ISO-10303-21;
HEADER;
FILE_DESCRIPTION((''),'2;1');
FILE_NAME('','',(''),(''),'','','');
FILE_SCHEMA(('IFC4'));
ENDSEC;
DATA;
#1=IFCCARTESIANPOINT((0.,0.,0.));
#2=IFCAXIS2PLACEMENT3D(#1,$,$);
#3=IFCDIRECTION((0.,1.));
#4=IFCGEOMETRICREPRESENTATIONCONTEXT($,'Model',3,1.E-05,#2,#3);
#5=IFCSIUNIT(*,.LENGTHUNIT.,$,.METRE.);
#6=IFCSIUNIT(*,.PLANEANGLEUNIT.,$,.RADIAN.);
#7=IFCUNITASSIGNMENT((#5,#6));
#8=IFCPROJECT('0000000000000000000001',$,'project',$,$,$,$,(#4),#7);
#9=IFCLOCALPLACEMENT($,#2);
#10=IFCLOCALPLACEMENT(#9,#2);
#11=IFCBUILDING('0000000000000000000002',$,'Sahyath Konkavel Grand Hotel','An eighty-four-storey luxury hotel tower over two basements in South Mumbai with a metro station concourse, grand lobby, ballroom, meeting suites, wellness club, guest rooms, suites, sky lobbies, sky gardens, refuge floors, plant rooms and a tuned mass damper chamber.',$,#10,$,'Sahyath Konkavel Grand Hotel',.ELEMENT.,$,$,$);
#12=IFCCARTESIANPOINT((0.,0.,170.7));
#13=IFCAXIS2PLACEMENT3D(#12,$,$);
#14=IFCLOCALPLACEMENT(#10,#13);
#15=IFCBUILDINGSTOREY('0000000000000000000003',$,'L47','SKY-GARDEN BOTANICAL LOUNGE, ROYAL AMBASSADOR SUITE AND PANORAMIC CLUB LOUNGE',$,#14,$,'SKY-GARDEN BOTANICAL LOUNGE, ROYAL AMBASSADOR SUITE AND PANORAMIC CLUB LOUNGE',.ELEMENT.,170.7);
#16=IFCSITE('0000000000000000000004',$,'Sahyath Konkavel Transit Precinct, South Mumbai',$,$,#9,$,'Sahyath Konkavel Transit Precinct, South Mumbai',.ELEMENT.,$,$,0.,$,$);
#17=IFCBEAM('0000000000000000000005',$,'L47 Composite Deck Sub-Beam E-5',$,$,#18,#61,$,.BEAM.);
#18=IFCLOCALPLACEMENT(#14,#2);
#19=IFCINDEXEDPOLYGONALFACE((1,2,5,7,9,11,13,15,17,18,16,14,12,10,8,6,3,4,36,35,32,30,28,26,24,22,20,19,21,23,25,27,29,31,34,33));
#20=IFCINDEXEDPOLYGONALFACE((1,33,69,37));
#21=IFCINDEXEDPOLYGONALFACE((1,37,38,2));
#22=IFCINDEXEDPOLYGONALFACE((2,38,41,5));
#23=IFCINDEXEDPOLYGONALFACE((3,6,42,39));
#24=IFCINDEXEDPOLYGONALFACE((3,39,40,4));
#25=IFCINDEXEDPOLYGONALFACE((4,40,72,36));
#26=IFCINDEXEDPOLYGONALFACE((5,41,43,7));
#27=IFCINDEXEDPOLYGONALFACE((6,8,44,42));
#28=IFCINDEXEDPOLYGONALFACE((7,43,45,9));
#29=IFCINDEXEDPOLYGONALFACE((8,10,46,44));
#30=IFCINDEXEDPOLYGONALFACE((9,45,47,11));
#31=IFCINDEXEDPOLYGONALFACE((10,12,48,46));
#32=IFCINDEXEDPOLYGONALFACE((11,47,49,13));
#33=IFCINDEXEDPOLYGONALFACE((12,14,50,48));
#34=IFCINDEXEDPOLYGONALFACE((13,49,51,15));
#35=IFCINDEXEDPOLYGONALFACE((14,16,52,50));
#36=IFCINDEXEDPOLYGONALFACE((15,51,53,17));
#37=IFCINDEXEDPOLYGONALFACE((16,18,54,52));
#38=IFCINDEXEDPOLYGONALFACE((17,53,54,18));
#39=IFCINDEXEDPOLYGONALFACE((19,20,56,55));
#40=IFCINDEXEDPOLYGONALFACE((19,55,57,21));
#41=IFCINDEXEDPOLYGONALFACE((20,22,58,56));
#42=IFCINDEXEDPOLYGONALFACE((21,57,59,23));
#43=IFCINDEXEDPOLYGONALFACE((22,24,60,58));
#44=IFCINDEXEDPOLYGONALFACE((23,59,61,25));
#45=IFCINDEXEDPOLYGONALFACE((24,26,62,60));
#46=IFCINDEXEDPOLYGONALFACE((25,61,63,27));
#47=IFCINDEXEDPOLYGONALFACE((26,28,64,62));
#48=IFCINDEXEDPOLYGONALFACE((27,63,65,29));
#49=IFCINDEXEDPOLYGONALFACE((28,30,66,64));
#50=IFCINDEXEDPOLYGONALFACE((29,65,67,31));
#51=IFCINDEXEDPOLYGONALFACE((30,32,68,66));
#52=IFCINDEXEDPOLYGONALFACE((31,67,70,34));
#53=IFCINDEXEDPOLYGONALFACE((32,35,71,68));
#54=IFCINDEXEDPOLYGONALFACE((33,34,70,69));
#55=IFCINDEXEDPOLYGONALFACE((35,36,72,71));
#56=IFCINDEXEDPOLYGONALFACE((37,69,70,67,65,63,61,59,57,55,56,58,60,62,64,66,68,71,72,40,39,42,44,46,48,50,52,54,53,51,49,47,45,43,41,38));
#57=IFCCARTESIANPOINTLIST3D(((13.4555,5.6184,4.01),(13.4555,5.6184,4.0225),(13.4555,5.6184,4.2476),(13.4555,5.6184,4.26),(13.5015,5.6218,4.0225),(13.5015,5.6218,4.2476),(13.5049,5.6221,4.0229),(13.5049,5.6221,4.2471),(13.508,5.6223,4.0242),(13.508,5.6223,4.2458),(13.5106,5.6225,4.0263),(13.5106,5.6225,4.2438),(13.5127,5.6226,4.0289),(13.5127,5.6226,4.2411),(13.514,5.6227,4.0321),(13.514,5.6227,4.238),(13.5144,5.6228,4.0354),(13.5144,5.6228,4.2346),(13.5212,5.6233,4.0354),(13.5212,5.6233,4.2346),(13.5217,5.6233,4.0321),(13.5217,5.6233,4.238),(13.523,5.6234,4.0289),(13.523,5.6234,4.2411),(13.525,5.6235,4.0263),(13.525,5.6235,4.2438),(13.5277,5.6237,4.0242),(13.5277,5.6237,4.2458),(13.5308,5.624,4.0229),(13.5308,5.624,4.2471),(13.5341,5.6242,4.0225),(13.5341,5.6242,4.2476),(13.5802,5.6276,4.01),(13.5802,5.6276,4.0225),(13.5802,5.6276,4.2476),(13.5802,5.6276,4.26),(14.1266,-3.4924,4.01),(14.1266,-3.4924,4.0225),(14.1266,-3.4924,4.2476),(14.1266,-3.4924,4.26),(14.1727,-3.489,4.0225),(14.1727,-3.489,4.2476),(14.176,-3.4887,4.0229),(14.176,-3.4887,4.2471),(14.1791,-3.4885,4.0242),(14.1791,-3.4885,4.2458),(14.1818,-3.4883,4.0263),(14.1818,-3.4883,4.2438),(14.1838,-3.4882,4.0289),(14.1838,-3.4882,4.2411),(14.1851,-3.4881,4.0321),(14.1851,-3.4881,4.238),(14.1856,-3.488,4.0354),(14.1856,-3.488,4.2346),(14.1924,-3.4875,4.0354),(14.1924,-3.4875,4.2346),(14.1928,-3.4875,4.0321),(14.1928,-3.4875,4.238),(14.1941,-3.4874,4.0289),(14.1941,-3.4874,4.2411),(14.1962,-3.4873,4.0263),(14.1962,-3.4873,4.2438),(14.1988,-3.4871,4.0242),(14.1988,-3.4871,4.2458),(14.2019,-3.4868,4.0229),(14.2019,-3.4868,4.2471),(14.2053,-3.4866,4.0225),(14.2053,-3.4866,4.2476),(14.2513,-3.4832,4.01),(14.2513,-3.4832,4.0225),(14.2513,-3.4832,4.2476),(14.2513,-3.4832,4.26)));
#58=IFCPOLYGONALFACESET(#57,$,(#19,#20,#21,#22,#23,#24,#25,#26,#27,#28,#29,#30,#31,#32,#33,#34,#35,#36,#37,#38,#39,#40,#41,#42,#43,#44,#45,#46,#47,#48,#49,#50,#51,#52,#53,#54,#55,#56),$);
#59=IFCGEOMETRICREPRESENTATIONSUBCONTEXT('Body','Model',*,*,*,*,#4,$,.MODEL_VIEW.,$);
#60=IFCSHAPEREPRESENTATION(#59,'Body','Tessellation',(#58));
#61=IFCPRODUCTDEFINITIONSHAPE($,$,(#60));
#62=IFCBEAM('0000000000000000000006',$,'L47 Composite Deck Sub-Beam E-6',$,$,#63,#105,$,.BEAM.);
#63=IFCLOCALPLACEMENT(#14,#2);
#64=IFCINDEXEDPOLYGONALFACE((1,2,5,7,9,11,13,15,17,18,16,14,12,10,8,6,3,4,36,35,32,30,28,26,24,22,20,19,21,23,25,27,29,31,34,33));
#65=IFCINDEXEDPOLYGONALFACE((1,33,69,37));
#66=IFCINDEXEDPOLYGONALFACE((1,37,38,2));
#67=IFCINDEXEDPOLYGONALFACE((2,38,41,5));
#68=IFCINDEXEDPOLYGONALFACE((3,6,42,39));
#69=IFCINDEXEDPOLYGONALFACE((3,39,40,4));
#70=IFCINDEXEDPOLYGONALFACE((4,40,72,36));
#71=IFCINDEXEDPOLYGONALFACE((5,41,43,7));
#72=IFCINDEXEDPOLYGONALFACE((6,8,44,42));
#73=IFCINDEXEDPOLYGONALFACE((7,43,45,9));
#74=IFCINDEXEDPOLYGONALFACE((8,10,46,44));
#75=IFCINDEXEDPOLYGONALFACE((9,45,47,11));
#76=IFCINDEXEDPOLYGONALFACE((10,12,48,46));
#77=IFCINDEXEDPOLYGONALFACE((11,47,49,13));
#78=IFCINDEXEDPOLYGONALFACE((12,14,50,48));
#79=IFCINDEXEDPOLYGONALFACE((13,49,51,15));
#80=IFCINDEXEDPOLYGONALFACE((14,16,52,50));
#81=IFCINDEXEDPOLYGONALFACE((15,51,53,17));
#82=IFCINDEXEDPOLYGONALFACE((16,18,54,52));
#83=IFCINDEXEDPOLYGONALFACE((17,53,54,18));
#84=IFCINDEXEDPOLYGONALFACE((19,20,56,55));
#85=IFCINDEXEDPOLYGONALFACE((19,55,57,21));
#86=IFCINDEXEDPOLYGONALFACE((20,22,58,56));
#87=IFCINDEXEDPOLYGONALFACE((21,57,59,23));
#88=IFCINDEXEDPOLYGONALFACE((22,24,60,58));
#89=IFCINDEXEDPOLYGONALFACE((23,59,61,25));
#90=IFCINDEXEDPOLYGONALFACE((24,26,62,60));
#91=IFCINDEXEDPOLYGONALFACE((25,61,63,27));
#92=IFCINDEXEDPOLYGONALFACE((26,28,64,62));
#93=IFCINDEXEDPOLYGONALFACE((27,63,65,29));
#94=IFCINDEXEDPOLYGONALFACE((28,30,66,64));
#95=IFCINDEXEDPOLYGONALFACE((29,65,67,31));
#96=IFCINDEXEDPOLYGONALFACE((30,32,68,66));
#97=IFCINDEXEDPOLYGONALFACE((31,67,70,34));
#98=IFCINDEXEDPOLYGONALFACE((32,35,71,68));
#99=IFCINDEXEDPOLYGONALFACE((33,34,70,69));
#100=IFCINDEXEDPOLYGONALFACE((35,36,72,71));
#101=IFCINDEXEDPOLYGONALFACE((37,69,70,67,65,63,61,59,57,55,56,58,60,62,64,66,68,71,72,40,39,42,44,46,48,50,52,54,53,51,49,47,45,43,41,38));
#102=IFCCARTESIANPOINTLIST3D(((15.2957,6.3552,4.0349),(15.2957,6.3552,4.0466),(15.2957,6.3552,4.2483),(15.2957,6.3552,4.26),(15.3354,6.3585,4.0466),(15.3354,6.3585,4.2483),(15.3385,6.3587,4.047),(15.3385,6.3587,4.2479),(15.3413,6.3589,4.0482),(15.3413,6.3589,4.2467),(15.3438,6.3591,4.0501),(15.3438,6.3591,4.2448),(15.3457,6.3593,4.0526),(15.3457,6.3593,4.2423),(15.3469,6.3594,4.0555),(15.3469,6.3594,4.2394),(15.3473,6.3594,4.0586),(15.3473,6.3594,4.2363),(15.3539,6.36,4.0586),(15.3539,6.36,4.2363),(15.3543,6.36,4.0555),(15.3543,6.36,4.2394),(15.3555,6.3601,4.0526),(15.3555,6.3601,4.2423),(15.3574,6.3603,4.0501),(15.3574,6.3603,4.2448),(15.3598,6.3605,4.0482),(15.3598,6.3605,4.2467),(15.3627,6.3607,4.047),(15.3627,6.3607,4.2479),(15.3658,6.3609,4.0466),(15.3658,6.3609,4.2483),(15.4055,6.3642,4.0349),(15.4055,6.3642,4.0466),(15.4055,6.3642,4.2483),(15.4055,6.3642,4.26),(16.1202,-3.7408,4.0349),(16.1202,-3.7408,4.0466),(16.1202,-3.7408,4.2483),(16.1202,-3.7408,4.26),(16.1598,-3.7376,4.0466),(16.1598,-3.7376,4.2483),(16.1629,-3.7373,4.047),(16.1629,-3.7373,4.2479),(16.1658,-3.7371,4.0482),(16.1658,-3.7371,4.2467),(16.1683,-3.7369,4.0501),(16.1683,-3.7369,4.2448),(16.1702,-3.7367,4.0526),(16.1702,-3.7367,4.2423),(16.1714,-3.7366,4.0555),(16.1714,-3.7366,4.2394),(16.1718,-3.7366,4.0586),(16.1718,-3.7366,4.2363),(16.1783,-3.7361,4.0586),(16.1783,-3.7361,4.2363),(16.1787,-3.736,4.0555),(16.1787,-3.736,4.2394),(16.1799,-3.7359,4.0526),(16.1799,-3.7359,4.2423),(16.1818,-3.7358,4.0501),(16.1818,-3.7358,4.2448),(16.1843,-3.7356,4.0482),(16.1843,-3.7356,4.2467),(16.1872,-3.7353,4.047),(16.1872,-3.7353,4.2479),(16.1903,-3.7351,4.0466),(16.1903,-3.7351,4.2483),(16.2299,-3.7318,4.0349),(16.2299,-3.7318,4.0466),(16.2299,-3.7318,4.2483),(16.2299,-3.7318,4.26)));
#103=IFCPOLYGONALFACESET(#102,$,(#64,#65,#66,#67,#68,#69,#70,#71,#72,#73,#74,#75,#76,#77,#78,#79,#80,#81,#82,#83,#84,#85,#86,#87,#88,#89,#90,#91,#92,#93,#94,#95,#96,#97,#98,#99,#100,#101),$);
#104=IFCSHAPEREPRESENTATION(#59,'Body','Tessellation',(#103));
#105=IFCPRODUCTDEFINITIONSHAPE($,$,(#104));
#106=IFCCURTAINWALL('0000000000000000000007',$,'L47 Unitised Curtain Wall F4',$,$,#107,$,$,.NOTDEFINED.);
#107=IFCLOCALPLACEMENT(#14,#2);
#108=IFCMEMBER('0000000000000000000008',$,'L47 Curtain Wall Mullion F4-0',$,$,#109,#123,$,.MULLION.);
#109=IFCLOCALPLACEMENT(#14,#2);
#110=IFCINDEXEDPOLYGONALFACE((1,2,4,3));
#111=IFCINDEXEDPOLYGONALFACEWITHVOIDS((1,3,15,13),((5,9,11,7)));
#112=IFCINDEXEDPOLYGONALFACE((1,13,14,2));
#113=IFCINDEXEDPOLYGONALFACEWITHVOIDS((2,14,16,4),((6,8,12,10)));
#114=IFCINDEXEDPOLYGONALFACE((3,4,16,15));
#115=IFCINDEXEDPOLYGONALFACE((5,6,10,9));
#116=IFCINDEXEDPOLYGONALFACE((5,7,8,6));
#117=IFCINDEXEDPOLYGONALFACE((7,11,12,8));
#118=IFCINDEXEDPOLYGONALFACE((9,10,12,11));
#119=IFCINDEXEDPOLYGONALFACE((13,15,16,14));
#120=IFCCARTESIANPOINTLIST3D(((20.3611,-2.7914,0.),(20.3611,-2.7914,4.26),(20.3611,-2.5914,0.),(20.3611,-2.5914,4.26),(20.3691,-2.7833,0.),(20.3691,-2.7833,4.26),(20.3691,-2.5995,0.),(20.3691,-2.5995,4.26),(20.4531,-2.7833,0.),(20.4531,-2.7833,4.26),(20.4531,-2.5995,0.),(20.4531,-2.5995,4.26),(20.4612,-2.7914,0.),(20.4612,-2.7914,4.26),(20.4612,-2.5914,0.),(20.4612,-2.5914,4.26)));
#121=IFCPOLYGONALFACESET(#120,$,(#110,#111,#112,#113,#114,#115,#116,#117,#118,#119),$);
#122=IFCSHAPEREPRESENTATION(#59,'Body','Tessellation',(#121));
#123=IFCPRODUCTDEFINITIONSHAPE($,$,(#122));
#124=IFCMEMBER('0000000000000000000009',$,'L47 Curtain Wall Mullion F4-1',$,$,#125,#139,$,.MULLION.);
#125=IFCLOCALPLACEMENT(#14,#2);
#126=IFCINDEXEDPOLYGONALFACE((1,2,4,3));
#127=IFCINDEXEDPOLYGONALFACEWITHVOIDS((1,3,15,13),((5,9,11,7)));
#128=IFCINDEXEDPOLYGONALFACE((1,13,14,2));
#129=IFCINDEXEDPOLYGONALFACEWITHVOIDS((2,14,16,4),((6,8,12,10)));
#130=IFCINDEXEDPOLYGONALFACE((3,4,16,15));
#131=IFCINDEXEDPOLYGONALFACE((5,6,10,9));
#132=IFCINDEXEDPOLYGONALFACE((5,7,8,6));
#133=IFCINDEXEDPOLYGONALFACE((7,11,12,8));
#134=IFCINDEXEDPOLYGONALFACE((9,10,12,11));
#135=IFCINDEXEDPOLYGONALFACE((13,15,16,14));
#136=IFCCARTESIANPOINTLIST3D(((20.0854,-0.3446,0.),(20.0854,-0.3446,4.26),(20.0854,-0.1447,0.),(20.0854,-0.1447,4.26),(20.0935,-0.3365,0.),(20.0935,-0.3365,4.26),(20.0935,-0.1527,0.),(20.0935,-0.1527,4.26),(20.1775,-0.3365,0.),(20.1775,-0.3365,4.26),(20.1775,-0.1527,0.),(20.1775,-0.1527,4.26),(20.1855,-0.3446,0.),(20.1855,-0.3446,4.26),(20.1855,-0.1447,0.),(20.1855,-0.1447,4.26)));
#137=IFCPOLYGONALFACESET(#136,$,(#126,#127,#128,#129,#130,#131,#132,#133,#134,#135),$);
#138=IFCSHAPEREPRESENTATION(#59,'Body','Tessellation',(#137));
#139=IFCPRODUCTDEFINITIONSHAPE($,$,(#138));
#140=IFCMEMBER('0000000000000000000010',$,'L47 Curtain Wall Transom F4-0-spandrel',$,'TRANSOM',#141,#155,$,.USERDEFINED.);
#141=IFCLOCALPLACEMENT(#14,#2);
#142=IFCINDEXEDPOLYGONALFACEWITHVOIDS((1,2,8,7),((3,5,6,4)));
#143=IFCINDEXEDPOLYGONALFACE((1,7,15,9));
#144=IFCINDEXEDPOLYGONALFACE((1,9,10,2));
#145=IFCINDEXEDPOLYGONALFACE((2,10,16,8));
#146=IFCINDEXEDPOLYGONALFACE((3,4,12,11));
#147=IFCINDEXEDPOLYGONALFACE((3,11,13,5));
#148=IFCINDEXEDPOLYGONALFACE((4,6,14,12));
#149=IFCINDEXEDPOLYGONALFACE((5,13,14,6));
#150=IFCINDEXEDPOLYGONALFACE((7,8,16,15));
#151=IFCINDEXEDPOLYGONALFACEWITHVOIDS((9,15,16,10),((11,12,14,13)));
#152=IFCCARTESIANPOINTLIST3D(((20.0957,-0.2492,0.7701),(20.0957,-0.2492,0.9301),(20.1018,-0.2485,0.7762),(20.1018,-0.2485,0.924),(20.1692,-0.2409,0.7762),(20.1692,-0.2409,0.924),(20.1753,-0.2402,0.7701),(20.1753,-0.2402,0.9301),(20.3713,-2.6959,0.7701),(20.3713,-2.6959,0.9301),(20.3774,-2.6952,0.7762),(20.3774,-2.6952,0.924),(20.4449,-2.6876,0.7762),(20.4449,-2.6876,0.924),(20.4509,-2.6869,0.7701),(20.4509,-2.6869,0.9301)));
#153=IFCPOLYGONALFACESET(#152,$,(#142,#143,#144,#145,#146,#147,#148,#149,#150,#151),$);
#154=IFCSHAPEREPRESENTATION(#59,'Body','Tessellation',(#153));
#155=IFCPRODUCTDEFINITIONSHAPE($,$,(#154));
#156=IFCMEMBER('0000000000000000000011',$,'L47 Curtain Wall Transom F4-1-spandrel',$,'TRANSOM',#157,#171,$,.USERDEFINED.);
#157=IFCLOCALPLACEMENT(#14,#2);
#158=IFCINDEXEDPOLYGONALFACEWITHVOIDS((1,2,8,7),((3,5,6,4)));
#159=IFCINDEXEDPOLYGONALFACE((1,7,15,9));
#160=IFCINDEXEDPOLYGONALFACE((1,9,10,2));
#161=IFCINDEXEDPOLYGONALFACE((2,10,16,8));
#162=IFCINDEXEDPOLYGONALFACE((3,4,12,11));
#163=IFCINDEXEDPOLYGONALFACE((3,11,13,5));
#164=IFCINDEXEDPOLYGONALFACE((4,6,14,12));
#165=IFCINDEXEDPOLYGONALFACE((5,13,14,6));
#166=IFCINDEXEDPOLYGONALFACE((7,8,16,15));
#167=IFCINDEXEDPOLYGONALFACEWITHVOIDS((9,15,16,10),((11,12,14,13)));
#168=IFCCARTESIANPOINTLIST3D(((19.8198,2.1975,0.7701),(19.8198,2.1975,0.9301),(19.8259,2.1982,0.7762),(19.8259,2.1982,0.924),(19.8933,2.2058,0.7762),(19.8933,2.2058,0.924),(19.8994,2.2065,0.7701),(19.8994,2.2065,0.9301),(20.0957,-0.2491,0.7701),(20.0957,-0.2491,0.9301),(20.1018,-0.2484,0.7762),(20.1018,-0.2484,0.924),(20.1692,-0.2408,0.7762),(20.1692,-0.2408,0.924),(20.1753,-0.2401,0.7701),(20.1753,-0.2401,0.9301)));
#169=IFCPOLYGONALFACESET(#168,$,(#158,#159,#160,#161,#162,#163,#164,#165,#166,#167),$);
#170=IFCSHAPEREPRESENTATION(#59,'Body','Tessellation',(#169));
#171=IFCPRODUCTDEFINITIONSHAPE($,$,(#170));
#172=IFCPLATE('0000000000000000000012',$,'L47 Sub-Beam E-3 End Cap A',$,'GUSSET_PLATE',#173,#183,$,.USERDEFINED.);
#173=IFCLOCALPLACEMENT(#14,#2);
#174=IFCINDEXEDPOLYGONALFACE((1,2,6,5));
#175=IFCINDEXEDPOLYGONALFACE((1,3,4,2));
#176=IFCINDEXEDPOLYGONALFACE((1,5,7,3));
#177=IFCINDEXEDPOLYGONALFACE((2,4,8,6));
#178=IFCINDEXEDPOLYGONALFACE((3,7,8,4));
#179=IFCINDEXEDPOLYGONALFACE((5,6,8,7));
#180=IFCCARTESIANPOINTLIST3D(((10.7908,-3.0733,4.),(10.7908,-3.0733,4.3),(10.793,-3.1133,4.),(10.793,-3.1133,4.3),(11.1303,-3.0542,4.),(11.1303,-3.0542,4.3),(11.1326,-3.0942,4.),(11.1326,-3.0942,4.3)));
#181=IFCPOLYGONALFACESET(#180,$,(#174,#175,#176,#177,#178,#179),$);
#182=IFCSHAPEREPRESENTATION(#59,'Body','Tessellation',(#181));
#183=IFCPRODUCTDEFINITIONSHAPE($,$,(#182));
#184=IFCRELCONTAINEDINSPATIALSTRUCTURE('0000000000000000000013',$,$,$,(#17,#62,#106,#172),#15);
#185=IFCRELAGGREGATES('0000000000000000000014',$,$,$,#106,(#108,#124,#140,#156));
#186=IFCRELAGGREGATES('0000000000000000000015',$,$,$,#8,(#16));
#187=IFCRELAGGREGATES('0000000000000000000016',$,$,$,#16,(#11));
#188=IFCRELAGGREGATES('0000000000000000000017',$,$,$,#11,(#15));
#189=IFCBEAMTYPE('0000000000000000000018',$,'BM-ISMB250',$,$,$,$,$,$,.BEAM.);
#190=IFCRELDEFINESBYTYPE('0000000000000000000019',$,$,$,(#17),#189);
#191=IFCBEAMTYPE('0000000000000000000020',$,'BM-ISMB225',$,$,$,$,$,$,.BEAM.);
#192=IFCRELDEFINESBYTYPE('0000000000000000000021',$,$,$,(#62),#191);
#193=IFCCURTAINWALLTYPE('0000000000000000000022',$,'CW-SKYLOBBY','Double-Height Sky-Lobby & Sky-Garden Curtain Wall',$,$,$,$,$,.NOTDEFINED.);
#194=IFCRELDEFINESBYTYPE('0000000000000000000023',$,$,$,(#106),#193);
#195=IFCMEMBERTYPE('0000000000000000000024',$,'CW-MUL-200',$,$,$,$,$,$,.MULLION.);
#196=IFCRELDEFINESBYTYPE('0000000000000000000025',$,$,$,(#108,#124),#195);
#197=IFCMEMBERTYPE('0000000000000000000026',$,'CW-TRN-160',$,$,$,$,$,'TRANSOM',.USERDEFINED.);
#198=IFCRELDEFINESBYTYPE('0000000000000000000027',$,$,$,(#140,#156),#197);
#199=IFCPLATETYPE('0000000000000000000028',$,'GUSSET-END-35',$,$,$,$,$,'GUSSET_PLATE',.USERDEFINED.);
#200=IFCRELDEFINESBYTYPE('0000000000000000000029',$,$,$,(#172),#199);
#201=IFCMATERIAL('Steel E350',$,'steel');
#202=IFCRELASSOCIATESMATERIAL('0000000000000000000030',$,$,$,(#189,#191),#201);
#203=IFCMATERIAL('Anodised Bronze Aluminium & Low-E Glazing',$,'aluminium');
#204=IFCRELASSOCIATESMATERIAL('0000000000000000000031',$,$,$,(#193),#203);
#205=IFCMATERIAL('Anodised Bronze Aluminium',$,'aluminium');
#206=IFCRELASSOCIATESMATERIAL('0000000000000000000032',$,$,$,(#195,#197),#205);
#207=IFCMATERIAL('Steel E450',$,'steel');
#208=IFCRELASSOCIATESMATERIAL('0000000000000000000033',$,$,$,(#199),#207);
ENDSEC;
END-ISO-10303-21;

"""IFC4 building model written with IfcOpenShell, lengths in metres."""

from ifc_helpers import new_model, si_unit, direction, frame, origin, origin_2d, place, context, subcontext, project, spatial, rectangle, hollow_rectangle, i_section, extrude, source, transform, mapped, material, material_profile, profile_set, type_object, element, aggregate, save


model = new_model("IFC4")

# Units and contexts
model_context = context("Model", 3, precision=1e-05, world=origin(), true_north=direction((0.0, 1.0)))
body_context = subcontext(model_context, "Body", "Model", "MODEL_VIEW")
ifc_project = project(units=[si_unit("LENGTHUNIT", "METRE"), si_unit("PLANEANGLEUNIT", "RADIAN")], contexts=[model_context])

# Site, building, storey
site_placement = place(None, origin())
site = spatial("IfcSite", under=ifc_project, at=site_placement, Name="Sahyath Konkavel Transit Precinct, South Mumbai", LongName="Sahyath Konkavel Transit Precinct, South Mumbai", CompositionType="ELEMENT", RefElevation=0.0)
building_placement = place(site_placement, origin())
building = spatial("IfcBuilding", under=site, at=building_placement, Name="Sahyath Konkavel Grand Hotel", Description="An eighty-four-storey luxury hotel tower over two basements in South Mumbai with a metro station concourse, grand lobby, ballroom, meeting suites, wellness club, guest rooms, suites, sky lobbies, sky gardens, refuge floors, plant rooms and a tuned mass damper chamber.", LongName="Sahyath Konkavel Grand Hotel", CompositionType="ELEMENT")
storey_placement = place(building_placement, frame((0.0, 0.0, 170.7)))
storey = spatial("IfcBuildingStorey", under=building, at=storey_placement, Name="L47", Description="SKY-GARDEN BOTANICAL LOUNGE, ROYAL AMBASSADOR SUITE AND PANORAMIC CLUB LOUNGE", LongName="SKY-GARDEN BOTANICAL LOUNGE, ROYAL AMBASSADOR SUITE AND PANORAMIC CLUB LOUNGE", CompositionType="ELEMENT", Elevation=170.7)

# Beams
ifc_material_1 = material(Name="Steel E350", Category="steel")
ifc_material_profile_1 = material_profile(ifc_material_1, i_section(OverallWidth=0.125, OverallDepth=0.25, WebThickness=0.0068, FlangeThickness=0.0125, FilletRadius=0.0129, at=origin_2d()), Name="ISMB 250")
ifc_profile_set_1 = profile_set([ifc_material_profile_1], Name="Steel E350")
beam_type_1 = type_object("IfcBeamType", Name="BM-ISMB250", PredefinedType="BEAM", material=ifc_profile_set_1)
shared_shape_1 = source(origin(), body_context, "Body", "SweptSolid", [
    extrude(i_section(OverallWidth=0.125, OverallDepth=0.25, WebThickness=0.0068, FlangeThickness=0.0125, FilletRadius=0.0129, at=origin_2d()), origin(), (0.0, 0.0, 1.0), 9.1355),
])
beam_1_placement = place(storey_placement, frame((14.189, -3.4878, 4.135), z_axis=(-0.073465, 0.997298, 0.0), x_axis=(-0.997298, -0.073465, 0.0)))
element("IfcBeam", 1, at=beam_1_placement, inside=storey, type_object=beam_type_1, Name="L47 Composite Deck Sub-Beam E-5", PredefinedType="BEAM", context=body_context, shape_type="MappedRepresentation", body=[
    mapped(shared_shape_1, transform((0.0, 0.0, 0.0), scale=1.0)),
])
ifc_material_profile_2 = material_profile(ifc_material_1, i_section(OverallWidth=0.1101, OverallDepth=0.2251, WebThickness=0.0066, FlangeThickness=0.0117, FilletRadius=0.012, at=origin_2d()), Name="ISMB 225")
ifc_profile_set_2 = profile_set([ifc_material_profile_2], Name="Steel E350")
beam_type_2 = type_object("IfcBeamType", Name="BM-ISMB225", PredefinedType="BEAM", material=ifc_profile_set_2)
shared_shape_2 = source(origin(), body_context, "Body", "SweptSolid", [
    extrude(i_section(OverallWidth=0.1101, OverallDepth=0.2251, WebThickness=0.0066, FlangeThickness=0.0117, FilletRadius=0.012, at=origin_2d()), origin(), (0.0, 0.0, 1.0), 10.1296),
])
beam_2_placement = place(storey_placement, frame((16.175, -3.7363, 4.1475), z_axis=(-0.081392, 0.996682, 0.0), x_axis=(-0.996682, -0.081392, 0.0)))
element("IfcBeam", 2, at=beam_2_placement, inside=storey, type_object=beam_type_2, Name="L47 Composite Deck Sub-Beam E-6", PredefinedType="BEAM", context=body_context, shape_type="MappedRepresentation", body=[
    mapped(shared_shape_2, transform((0.0, 0.0, 0.0), scale=1.0)),
])

# Curtain wall, members
ifc_material_2 = material(Name="Anodised Bronze Aluminium & Low-E Glazing", Category="aluminium")
curtain_wall_type = type_object("IfcCurtainWallType", Name="CW-SKYLOBBY", Description="Double-Height Sky-Lobby & Sky-Garden Curtain Wall", PredefinedType="NOTDEFINED", material=ifc_material_2)
curtain_wall_placement = place(storey_placement, origin())
curtain_wall = element("IfcCurtainWall", 3, at=curtain_wall_placement, inside=storey, type_object=curtain_wall_type, Name="L47 Unitised Curtain Wall F4", PredefinedType="NOTDEFINED")
ifc_material_3 = material(Name="Anodised Bronze Aluminium", Category="aluminium")
ifc_material_profile_3 = material_profile(ifc_material_3, hollow_rectangle(XDim=0.1001, YDim=0.2, WallThickness=0.0081, at=origin_2d()), Name="RHS 200x100x8")
ifc_profile_set_3 = profile_set([ifc_material_profile_3], Name="Anodised Bronze Aluminium")
member_type_1 = type_object("IfcMemberType", Name="CW-MUL-200", PredefinedType="MULLION", material=ifc_profile_set_3)
shared_shape_3 = source(origin(), body_context, "Body", "SweptSolid", [
    extrude(hollow_rectangle(XDim=0.1001, YDim=0.2, WallThickness=0.0081, at=origin_2d()), origin(), (0.0, 0.0, 1.0), 4.26),
])
member_1_placement = place(storey_placement, frame((20.4111, -2.6914, 0.0), z_axis=(0.0, 0.0, 1.0), x_axis=(1.0, 0.0, 0.0)))
member_1 = element("IfcMember", 4, at=member_1_placement, type_object=member_type_1, Name="L47 Curtain Wall Mullion F4-0", PredefinedType="MULLION", context=body_context, shape_type="MappedRepresentation", body=[
    mapped(shared_shape_3, transform((0.0, 0.0, 0.0), scale=1.0)),
])
member_2_placement = place(storey_placement, frame((20.1355, -0.2446, 0.0), z_axis=(0.0, 0.0, 1.0), x_axis=(1.0, 0.0, 0.0)))
member_2 = element("IfcMember", 5, at=member_2_placement, type_object=member_type_1, Name="L47 Curtain Wall Mullion F4-1", PredefinedType="MULLION", context=body_context, shape_type="MappedRepresentation", body=[
    mapped(shared_shape_3, transform((0.0, 0.0, 0.0), scale=1.0)),
])
ifc_material_profile_4 = material_profile(ifc_material_3, hollow_rectangle(XDim=0.0801, YDim=0.1599, WallThickness=0.0061, at=origin_2d()), Name="RHS 160x80x6")
ifc_profile_set_4 = profile_set([ifc_material_profile_4], Name="Anodised Bronze Aluminium")
member_type_2 = type_object("IfcMemberType", Name="CW-TRN-160", ElementType="TRANSOM", PredefinedType="USERDEFINED", material=ifc_profile_set_4)
shared_shape_4 = source(origin(), body_context, "Body", "SweptSolid", [
    extrude(hollow_rectangle(XDim=0.0801, YDim=0.1599, WallThickness=0.0061, at=origin_2d()), origin(), (0.0, 0.0, 1.0), 2.4622),
])
member_3_placement = place(storey_placement, frame((20.4111, -2.6914, 0.8501), z_axis=(-0.111944, 0.993715, 0.0), x_axis=(-0.993715, -0.111944, 0.0)))
member_3 = element("IfcMember", 6, at=member_3_placement, type_object=member_type_2, Name="L47 Curtain Wall Transom F4-0-spandrel", ObjectType="TRANSOM", PredefinedType="USERDEFINED", context=body_context, shape_type="MappedRepresentation", body=[
    mapped(shared_shape_4, transform((0.0, 0.0, 0.0), scale=1.0)),
])
member_4_placement = place(storey_placement, frame((20.1355, -0.2446, 0.8501), z_axis=(-0.112053, 0.993702, 0.0), x_axis=(-0.993702, -0.112053, 0.0)))
member_4 = element("IfcMember", 7, at=member_4_placement, type_object=member_type_2, Name="L47 Curtain Wall Transom F4-1-spandrel", ObjectType="TRANSOM", PredefinedType="USERDEFINED", context=body_context, shape_type="MappedRepresentation", body=[
    mapped(shared_shape_4, transform((0.0, 0.0, 0.0), scale=1.0)),
])

# Plate
ifc_material_4 = material(Name="Steel E450", Category="steel")
plate_type_1 = type_object("IfcPlateType", Name="GUSSET-END-35", ElementType="GUSSET_PLATE", PredefinedType="USERDEFINED", material=ifc_material_4)
shared_shape_5 = source(origin(), body_context, "Body", "SweptSolid", [
    extrude(rectangle(XDim=0.04, YDim=0.3401, at=origin_2d()), origin(), (0.0, 0.0, 1.0), 0.3),
])
plate_1_placement = place(storey_placement, frame((10.9617, -3.0837, 4.0), z_axis=(0.0, 0.0, 1.0), x_axis=(-0.056083, 0.998426, 0.0)))
element("IfcPlate", 8, at=plate_1_placement, inside=storey, type_object=plate_type_1, Name="L47 Sub-Beam E-3 End Cap A", ObjectType="GUSSET_PLATE", PredefinedType="USERDEFINED", context=body_context, shape_type="MappedRepresentation", body=[
    mapped(shared_shape_5, transform((0.0, 0.0, 0.0), scale=1.0)),
])
aggregate(curtain_wall, [member_1, member_2, member_3, member_4])

save(model, "model.ifc")
